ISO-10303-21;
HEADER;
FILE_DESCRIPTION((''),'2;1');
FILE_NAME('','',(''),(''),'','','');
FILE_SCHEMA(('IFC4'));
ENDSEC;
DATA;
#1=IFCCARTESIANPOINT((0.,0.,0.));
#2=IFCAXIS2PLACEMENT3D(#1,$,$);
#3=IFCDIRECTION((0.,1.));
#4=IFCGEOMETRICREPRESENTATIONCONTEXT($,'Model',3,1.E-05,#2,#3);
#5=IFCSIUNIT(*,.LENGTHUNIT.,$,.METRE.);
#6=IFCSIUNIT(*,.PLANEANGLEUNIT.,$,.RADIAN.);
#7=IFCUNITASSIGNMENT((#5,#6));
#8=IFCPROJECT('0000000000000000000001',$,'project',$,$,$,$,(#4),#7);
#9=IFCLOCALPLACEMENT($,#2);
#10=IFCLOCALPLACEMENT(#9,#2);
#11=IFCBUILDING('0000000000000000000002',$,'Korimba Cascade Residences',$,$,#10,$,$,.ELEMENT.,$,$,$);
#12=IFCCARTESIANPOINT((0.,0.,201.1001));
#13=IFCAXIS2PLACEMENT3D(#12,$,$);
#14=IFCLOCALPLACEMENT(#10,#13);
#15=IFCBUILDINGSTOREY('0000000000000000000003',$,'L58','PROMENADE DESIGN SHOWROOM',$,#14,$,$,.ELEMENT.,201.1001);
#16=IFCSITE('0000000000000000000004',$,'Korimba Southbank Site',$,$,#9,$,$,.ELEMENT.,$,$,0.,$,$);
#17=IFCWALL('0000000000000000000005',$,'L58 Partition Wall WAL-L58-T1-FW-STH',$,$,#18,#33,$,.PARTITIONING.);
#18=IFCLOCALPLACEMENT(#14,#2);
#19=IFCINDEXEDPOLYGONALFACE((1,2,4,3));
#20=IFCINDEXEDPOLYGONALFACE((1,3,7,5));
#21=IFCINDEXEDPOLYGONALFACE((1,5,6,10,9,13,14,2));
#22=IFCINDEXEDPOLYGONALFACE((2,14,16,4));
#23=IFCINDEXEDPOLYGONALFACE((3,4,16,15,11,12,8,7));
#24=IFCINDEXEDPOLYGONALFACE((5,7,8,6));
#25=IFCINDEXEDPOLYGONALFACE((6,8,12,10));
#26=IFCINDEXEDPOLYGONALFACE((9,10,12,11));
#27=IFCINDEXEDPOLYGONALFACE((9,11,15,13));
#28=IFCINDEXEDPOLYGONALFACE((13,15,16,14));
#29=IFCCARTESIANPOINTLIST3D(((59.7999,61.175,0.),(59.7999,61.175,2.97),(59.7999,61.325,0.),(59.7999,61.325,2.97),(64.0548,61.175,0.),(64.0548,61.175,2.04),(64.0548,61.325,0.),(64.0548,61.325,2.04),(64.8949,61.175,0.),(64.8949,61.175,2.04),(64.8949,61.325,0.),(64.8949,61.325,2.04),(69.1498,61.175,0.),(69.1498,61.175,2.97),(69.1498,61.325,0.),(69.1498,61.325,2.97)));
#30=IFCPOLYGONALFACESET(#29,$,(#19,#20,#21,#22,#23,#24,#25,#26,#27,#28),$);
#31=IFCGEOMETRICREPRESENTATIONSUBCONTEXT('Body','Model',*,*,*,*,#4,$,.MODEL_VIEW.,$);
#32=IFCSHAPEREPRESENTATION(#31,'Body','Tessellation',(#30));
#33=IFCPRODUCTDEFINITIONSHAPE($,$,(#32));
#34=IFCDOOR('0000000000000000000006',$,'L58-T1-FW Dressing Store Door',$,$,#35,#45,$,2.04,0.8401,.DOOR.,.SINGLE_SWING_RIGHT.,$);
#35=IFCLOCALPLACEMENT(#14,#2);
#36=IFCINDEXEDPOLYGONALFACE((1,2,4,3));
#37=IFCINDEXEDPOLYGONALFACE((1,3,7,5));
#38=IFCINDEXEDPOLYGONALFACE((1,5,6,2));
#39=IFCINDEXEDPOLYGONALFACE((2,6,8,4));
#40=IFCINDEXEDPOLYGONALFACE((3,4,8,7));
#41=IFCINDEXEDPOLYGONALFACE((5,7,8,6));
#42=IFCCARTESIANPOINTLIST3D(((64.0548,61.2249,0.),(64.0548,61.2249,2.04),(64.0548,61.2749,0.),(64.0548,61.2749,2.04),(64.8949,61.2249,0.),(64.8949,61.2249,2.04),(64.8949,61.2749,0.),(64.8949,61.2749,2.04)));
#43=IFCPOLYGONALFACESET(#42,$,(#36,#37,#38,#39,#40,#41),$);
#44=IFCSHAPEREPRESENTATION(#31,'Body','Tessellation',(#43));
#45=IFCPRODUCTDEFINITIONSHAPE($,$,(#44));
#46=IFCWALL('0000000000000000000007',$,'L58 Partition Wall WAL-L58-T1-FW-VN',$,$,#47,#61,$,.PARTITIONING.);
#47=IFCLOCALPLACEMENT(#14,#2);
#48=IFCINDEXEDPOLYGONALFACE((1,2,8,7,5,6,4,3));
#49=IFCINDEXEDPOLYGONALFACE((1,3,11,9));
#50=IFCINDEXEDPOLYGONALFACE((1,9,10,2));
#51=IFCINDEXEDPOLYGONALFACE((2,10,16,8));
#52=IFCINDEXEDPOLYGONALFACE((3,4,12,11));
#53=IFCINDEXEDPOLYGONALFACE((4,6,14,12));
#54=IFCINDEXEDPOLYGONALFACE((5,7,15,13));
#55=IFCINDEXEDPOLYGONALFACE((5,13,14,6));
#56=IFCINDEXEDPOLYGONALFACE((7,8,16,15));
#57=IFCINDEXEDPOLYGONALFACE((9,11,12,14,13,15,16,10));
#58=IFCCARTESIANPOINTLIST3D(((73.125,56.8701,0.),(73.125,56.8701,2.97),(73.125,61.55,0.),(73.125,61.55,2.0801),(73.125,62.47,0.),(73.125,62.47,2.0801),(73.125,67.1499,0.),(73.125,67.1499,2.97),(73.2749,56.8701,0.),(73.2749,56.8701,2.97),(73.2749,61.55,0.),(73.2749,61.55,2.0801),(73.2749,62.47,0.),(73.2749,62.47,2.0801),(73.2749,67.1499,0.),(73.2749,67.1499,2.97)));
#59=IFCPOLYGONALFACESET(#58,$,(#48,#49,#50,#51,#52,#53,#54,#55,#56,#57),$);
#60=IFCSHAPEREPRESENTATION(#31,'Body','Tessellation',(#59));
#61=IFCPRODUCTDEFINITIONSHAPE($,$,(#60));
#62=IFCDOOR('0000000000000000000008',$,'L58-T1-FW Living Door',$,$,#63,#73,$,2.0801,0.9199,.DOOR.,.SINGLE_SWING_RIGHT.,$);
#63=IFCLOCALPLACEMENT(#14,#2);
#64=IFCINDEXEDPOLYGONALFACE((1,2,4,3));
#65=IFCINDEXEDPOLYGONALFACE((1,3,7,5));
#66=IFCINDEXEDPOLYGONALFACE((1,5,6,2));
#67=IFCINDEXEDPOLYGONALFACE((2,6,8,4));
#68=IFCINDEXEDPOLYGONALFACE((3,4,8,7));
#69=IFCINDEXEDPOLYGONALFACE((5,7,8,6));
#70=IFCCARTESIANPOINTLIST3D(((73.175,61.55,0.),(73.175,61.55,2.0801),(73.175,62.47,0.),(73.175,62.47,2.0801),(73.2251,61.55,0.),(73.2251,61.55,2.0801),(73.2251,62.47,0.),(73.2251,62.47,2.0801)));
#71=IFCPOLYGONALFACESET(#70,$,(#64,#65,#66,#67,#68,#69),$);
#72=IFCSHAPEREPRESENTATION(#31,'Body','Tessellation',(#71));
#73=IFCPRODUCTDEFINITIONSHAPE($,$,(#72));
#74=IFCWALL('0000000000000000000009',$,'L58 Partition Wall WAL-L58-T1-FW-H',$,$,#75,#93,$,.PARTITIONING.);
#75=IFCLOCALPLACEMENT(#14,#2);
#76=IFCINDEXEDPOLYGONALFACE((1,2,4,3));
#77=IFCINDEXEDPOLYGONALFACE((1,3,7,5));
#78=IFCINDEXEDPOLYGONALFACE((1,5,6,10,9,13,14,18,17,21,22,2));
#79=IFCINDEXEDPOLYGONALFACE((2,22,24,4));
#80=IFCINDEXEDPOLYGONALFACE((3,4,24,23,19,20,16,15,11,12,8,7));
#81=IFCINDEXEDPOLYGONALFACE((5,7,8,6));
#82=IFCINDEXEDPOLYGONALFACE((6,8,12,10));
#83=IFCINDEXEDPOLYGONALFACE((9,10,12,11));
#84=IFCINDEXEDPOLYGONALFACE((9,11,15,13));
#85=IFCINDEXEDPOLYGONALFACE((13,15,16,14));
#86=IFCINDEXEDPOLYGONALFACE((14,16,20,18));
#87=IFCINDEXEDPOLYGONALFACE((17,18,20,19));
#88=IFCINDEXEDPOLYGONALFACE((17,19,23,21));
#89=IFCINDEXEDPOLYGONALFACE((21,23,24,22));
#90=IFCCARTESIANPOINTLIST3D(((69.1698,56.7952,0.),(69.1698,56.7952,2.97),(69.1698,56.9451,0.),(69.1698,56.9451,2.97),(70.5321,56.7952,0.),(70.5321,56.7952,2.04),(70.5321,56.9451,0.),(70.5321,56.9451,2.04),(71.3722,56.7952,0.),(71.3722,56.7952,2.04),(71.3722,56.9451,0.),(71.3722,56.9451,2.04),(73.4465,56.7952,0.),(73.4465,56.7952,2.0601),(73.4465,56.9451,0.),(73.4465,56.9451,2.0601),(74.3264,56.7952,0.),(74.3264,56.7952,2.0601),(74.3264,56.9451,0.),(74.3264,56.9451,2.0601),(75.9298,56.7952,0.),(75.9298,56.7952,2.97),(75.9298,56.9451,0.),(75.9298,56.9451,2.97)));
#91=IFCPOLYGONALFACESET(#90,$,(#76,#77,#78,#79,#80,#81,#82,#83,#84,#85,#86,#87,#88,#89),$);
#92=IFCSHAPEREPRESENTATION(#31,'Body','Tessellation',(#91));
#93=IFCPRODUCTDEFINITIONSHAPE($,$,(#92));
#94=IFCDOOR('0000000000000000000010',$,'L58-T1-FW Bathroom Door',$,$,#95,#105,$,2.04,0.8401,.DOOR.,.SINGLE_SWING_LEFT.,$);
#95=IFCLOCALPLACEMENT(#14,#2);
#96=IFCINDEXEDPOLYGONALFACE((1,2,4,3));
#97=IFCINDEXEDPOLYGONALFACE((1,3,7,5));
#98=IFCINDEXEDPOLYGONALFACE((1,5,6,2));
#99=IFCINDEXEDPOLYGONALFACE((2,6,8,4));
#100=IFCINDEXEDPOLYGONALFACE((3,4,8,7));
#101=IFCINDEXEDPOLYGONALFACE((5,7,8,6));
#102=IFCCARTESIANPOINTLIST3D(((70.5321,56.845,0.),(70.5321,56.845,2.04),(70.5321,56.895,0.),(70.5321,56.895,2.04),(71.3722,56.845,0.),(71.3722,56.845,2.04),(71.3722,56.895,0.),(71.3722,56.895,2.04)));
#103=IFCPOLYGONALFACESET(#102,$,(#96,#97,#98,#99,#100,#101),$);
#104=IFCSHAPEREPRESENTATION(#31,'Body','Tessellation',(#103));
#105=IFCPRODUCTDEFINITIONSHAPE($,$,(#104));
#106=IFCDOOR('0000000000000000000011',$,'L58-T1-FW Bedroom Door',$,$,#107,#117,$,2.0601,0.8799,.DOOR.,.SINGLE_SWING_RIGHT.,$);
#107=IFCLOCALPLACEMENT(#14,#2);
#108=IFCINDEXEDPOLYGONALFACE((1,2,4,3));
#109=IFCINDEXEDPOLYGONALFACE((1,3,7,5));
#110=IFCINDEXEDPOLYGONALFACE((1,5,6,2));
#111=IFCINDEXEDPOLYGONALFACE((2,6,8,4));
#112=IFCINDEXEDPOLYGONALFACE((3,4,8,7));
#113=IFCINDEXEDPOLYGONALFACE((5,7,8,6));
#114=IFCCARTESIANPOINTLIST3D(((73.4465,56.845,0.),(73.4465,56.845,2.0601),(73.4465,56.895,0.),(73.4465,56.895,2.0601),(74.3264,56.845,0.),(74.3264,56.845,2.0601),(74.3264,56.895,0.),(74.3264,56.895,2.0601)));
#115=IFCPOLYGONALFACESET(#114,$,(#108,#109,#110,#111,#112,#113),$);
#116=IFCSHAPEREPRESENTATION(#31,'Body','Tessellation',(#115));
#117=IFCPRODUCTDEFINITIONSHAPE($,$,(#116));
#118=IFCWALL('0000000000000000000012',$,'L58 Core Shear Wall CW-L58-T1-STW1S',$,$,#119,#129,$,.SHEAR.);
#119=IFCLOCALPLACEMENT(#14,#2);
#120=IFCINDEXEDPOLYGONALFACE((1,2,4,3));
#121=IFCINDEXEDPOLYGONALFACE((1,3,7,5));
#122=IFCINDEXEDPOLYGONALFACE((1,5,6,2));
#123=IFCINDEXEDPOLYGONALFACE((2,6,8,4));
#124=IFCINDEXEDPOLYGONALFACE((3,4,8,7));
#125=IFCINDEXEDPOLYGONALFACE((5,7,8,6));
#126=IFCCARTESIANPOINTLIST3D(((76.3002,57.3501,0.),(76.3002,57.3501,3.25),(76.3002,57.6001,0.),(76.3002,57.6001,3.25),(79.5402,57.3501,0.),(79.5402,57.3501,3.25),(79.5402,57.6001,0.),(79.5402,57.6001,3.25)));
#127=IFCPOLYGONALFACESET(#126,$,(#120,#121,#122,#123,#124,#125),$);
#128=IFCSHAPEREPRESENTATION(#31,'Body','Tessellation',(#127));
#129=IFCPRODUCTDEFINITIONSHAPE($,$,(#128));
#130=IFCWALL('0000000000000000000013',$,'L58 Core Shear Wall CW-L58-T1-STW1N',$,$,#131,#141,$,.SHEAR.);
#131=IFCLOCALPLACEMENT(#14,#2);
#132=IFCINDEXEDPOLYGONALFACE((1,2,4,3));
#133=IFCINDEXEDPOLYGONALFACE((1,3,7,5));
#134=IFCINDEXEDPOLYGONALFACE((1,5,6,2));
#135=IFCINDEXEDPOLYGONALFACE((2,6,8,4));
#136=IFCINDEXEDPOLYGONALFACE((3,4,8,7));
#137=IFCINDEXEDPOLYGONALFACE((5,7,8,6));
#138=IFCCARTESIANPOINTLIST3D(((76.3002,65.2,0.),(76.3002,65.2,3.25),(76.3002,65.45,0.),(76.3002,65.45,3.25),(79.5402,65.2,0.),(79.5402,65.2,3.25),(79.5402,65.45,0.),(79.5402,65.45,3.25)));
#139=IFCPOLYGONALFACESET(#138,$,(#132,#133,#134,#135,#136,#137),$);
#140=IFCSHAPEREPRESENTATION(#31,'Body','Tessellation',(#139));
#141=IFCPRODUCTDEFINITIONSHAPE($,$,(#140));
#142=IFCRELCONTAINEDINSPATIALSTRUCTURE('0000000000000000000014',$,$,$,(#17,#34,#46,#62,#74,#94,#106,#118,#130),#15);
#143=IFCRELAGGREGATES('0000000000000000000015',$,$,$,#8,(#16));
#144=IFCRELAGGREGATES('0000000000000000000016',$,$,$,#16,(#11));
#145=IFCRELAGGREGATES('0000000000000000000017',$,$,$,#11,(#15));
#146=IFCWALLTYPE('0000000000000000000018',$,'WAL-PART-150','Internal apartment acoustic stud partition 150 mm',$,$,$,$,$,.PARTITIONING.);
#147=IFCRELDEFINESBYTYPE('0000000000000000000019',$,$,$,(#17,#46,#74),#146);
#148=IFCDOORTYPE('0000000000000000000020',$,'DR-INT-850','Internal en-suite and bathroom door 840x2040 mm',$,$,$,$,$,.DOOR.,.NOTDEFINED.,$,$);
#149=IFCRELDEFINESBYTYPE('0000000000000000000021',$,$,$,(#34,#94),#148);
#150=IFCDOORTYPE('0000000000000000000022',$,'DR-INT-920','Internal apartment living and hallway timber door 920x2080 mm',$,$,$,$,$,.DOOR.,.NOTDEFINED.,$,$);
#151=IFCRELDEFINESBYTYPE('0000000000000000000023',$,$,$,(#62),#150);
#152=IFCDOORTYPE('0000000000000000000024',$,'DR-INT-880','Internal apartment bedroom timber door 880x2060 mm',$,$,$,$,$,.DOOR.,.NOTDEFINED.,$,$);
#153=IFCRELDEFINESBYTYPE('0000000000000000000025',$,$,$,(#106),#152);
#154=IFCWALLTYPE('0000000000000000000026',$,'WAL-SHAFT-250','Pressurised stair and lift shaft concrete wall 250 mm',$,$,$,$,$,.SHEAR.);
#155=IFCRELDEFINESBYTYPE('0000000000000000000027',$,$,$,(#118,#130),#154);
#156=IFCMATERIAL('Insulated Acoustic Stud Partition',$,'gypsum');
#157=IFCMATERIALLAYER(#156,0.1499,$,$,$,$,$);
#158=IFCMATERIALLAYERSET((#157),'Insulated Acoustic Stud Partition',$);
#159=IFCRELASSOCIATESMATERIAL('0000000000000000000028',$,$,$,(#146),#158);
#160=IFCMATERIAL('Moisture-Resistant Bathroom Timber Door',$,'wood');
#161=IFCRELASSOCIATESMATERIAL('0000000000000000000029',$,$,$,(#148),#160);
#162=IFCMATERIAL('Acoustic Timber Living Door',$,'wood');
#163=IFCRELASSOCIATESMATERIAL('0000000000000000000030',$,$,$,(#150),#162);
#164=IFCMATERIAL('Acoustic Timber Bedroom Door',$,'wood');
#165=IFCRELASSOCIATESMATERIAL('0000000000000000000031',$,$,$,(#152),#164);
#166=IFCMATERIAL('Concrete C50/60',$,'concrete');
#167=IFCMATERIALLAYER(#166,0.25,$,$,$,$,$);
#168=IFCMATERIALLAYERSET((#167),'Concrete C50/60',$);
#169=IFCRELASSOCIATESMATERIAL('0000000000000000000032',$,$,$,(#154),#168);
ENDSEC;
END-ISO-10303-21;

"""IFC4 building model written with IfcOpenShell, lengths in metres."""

from ifc_helpers import new_model, si_unit, direction, frame, frame_2d, origin, place, context, subcontext, project, spatial, rectangle, extrude, material, layer, layer_set, type_object, element, fill, save


model = new_model("IFC4")

# Units and contexts
model_context = context("Model", 3, precision=1e-05, world=origin(), true_north=direction((0.0, 1.0)))
body_context = subcontext(model_context, "Body", "Model", "MODEL_VIEW")
ifc_project = project(units=[si_unit("LENGTHUNIT", "METRE"), si_unit("PLANEANGLEUNIT", "RADIAN")], contexts=[model_context])

# Site, building, storey
site_placement = place(None, origin())
site = spatial("IfcSite", under=ifc_project, at=site_placement, Name="Korimba Southbank Site", CompositionType="ELEMENT", RefElevation=0.0)
building_placement = place(site_placement, origin())
building = spatial("IfcBuilding", under=site, at=building_placement, Name="Korimba Cascade Residences", CompositionType="ELEMENT")
storey_placement = place(building_placement, frame((0.0, 0.0, 201.1001)))
storey = spatial("IfcBuildingStorey", under=building, at=storey_placement, Name="L58", Description="PROMENADE DESIGN SHOWROOM", CompositionType="ELEMENT", Elevation=201.1001)

# Walls, openings, doors
ifc_material_1 = material(Name="Insulated Acoustic Stud Partition", Category="gypsum")
ifc_layer_1 = layer(ifc_material_1, 0.1499)
ifc_layer_set_1 = layer_set([ifc_layer_1], Name="Insulated Acoustic Stud Partition")
wall_type_1 = type_object("IfcWallType", Name="WAL-PART-150", Description="Internal apartment acoustic stud partition 150 mm", PredefinedType="PARTITIONING", material=ifc_layer_set_1)
wall_1_placement = place(storey_placement, frame((59.8, 61.25, 0.0), z_axis=(0.0, 0.0, 1.0), x_axis=(1.0, 0.0, 0.0)))
wall_1 = element("IfcWall", 1, at=wall_1_placement, inside=storey, type_object=wall_type_1, Name="L58 Partition Wall WAL-L58-T1-FW-STH", PredefinedType="PARTITIONING", context=body_context, shape_type="SweptSolid", body=[
    extrude(rectangle(XDim=9.3499, YDim=0.1499, at=frame_2d((4.6748, 0.0))), origin(), (0.0, 0.0, 1.0), 2.97),
])
opening_1_placement = place(wall_1_placement, frame((4.2549, 0.0, 0.0)))
opening_1 = element("IfcOpeningElement", 2, at=opening_1_placement, cuts=wall_1, PredefinedType="OPENING", context=body_context, shape_type="SweptSolid", body=[
    extrude(rectangle(XDim=0.8401, YDim=2.04, at=frame_2d((0.4199, 1.02))), frame((0.0, 0.085, 0.0), z_axis=(0.0, -1.0, 0.0), x_axis=(1.0, 0.0, 0.0)), (0.0, 0.0, 1.0), 0.1699),
])
ifc_material_2 = material(Name="Moisture-Resistant Bathroom Timber Door", Category="wood")
door_type_1 = type_object("IfcDoorType", Name="DR-INT-850", Description="Internal en-suite and bathroom door 840x2040 mm", OperationType="NOTDEFINED", PredefinedType="DOOR", material=ifc_material_2)
door_1_placement = place(opening_1_placement, origin())
door_1 = element("IfcDoor", 3, at=door_1_placement, inside=storey, type_object=door_type_1, Name="L58-T1-FW Dressing Store Door", OperationType="SINGLE_SWING_RIGHT", OverallHeight=2.04, OverallWidth=0.8401, PredefinedType="DOOR", context=body_context, shape_type="SweptSolid", body=[
    extrude(rectangle(XDim=0.8401, YDim=2.04, at=frame_2d((0.4199, 1.02))), frame((0.0, 0.0249, 0.0), z_axis=(0.0, -1.0, 0.0), x_axis=(1.0, 0.0, 0.0)), (0.0, 0.0, 1.0), 0.05),
])
fill(opening_1, door_1)
wall_2_placement = place(storey_placement, frame((73.2, 56.8701, 0.0), z_axis=(0.0, 0.0, 1.0), x_axis=(0.0, 1.0, 0.0)))
wall_2 = element("IfcWall", 4, at=wall_2_placement, inside=storey, type_object=wall_type_1, Name="L58 Partition Wall WAL-L58-T1-FW-VN", PredefinedType="PARTITIONING", context=body_context, shape_type="SweptSolid", body=[
    extrude(rectangle(XDim=10.2798, YDim=0.1499, at=frame_2d((5.1399, 0.0))), origin(), (0.0, 0.0, 1.0), 2.97),
])
opening_2_placement = place(wall_2_placement, frame((4.6799, 0.0, 0.0)))
opening_2 = element("IfcOpeningElement", 5, at=opening_2_placement, cuts=wall_2, PredefinedType="OPENING", context=body_context, shape_type="SweptSolid", body=[
    extrude(rectangle(XDim=0.9199, YDim=2.0801, at=frame_2d((0.46, 1.04))), frame((0.0, 0.085, 0.0), z_axis=(0.0, -1.0, 0.0), x_axis=(1.0, 0.0, 0.0)), (0.0, 0.0, 1.0), 0.1699),
])
ifc_material_3 = material(Name="Acoustic Timber Living Door", Category="wood")
door_type_2 = type_object("IfcDoorType", Name="DR-INT-920", Description="Internal apartment living and hallway timber door 920x2080 mm", OperationType="NOTDEFINED", PredefinedType="DOOR", material=ifc_material_3)
door_2_placement = place(opening_2_placement, origin())
door_2 = element("IfcDoor", 6, at=door_2_placement, inside=storey, type_object=door_type_2, Name="L58-T1-FW Living Door", OperationType="SINGLE_SWING_RIGHT", OverallHeight=2.0801, OverallWidth=0.9199, PredefinedType="DOOR", context=body_context, shape_type="SweptSolid", body=[
    extrude(rectangle(XDim=0.9199, YDim=2.0801, at=frame_2d((0.46, 1.04))), frame((0.0, 0.0249, 0.0), z_axis=(0.0, -1.0, 0.0), x_axis=(1.0, 0.0, 0.0)), (0.0, 0.0, 1.0), 0.05),
])
fill(opening_2, door_2)

# Wall, openings, doors
wall_3_placement = place(storey_placement, frame((69.1699, 56.8701, 0.0), z_axis=(0.0, 0.0, 1.0), x_axis=(1.0, 0.0, 0.0)))
wall_3 = element("IfcWall", 7, at=wall_3_placement, inside=storey, type_object=wall_type_1, Name="L58 Partition Wall WAL-L58-T1-FW-H", PredefinedType="PARTITIONING", context=body_context, shape_type="SweptSolid", body=[
    extrude(rectangle(XDim=6.76, YDim=0.1499, at=frame_2d((3.3799, 0.0))), origin(), (0.0, 0.0, 1.0), 2.97),
])
opening_3_placement = place(wall_3_placement, frame((1.3623, 0.0, 0.0)))
opening_3 = element("IfcOpeningElement", 8, at=opening_3_placement, cuts=wall_3, PredefinedType="OPENING", context=body_context, shape_type="SweptSolid", body=[
    extrude(rectangle(XDim=0.8401, YDim=2.04, at=frame_2d((0.4199, 1.02))), frame((0.0, 0.085, 0.0), z_axis=(0.0, -1.0, 0.0), x_axis=(1.0, 0.0, 0.0)), (0.0, 0.0, 1.0), 0.1699),
])
opening_4_placement = place(wall_3_placement, frame((4.2766, 0.0, 0.0)))
opening_4 = element("IfcOpeningElement", 9, at=opening_4_placement, cuts=wall_3, PredefinedType="OPENING", context=body_context, shape_type="SweptSolid", body=[
    extrude(rectangle(XDim=0.8799, YDim=2.0601, at=frame_2d((0.4399, 1.03))), frame((0.0, 0.085, 0.0), z_axis=(0.0, -1.0, 0.0), x_axis=(1.0, 0.0, 0.0)), (0.0, 0.0, 1.0), 0.1699),
])
door_3_placement = place(opening_3_placement, origin())
door_3 = element("IfcDoor", 10, at=door_3_placement, inside=storey, type_object=door_type_1, Name="L58-T1-FW Bathroom Door", OperationType="SINGLE_SWING_LEFT", OverallHeight=2.04, OverallWidth=0.8401, PredefinedType="DOOR", context=body_context, shape_type="SweptSolid", body=[
    extrude(rectangle(XDim=0.8401, YDim=2.04, at=frame_2d((0.4199, 1.02))), frame((0.0, 0.0249, 0.0), z_axis=(0.0, -1.0, 0.0), x_axis=(1.0, 0.0, 0.0)), (0.0, 0.0, 1.0), 0.05),
])
fill(opening_3, door_3)
ifc_material_4 = material(Name="Acoustic Timber Bedroom Door", Category="wood")
door_type_3 = type_object("IfcDoorType", Name="DR-INT-880", Description="Internal apartment bedroom timber door 880x2060 mm", OperationType="NOTDEFINED", PredefinedType="DOOR", material=ifc_material_4)
door_4_placement = place(opening_4_placement, origin())
door_4 = element("IfcDoor", 11, at=door_4_placement, inside=storey, type_object=door_type_3, Name="L58-T1-FW Bedroom Door", OperationType="SINGLE_SWING_RIGHT", OverallHeight=2.0601, OverallWidth=0.8799, PredefinedType="DOOR", context=body_context, shape_type="SweptSolid", body=[
    extrude(rectangle(XDim=0.8799, YDim=2.0601, at=frame_2d((0.4399, 1.03))), frame((0.0, 0.0249, 0.0), z_axis=(0.0, -1.0, 0.0), x_axis=(1.0, 0.0, 0.0)), (0.0, 0.0, 1.0), 0.05),
])
fill(opening_4, door_4)

# Walls
ifc_material_5 = material(Name="Concrete C50/60", Category="concrete")
ifc_layer_2 = layer(ifc_material_5, 0.25)
ifc_layer_set_2 = layer_set([ifc_layer_2], Name="Concrete C50/60")
wall_type_2 = type_object("IfcWallType", Name="WAL-SHAFT-250", Description="Pressurised stair and lift shaft concrete wall 250 mm", PredefinedType="SHEAR", material=ifc_layer_set_2)
for number, where, z_axis, x_axis, name in (
    (12, (76.3, 57.4751, 0.0), (0.0, 0.0, 1.0), (1.0, 0.0, 0.0), "L58 Core Shear Wall CW-L58-T1-STW1S"),
    (13, (76.3, 65.325, 0.0), (0.0, 0.0, 1.0), (1.0, 0.0, 0.0), "L58 Core Shear Wall CW-L58-T1-STW1N"),
):
    element("IfcWall", number, at=place(storey_placement, frame(where, z_axis=z_axis, x_axis=x_axis)), inside=storey, type_object=wall_type_2, Name=name, PredefinedType="SHEAR", context=body_context, shape_type="SweptSolid", body=[
        extrude(rectangle(XDim=3.24, YDim=0.25, at=frame_2d((1.6201, 0.0))), origin(), (0.0, 0.0, 1.0), 3.25),
    ])

save(model, "model.ifc")
